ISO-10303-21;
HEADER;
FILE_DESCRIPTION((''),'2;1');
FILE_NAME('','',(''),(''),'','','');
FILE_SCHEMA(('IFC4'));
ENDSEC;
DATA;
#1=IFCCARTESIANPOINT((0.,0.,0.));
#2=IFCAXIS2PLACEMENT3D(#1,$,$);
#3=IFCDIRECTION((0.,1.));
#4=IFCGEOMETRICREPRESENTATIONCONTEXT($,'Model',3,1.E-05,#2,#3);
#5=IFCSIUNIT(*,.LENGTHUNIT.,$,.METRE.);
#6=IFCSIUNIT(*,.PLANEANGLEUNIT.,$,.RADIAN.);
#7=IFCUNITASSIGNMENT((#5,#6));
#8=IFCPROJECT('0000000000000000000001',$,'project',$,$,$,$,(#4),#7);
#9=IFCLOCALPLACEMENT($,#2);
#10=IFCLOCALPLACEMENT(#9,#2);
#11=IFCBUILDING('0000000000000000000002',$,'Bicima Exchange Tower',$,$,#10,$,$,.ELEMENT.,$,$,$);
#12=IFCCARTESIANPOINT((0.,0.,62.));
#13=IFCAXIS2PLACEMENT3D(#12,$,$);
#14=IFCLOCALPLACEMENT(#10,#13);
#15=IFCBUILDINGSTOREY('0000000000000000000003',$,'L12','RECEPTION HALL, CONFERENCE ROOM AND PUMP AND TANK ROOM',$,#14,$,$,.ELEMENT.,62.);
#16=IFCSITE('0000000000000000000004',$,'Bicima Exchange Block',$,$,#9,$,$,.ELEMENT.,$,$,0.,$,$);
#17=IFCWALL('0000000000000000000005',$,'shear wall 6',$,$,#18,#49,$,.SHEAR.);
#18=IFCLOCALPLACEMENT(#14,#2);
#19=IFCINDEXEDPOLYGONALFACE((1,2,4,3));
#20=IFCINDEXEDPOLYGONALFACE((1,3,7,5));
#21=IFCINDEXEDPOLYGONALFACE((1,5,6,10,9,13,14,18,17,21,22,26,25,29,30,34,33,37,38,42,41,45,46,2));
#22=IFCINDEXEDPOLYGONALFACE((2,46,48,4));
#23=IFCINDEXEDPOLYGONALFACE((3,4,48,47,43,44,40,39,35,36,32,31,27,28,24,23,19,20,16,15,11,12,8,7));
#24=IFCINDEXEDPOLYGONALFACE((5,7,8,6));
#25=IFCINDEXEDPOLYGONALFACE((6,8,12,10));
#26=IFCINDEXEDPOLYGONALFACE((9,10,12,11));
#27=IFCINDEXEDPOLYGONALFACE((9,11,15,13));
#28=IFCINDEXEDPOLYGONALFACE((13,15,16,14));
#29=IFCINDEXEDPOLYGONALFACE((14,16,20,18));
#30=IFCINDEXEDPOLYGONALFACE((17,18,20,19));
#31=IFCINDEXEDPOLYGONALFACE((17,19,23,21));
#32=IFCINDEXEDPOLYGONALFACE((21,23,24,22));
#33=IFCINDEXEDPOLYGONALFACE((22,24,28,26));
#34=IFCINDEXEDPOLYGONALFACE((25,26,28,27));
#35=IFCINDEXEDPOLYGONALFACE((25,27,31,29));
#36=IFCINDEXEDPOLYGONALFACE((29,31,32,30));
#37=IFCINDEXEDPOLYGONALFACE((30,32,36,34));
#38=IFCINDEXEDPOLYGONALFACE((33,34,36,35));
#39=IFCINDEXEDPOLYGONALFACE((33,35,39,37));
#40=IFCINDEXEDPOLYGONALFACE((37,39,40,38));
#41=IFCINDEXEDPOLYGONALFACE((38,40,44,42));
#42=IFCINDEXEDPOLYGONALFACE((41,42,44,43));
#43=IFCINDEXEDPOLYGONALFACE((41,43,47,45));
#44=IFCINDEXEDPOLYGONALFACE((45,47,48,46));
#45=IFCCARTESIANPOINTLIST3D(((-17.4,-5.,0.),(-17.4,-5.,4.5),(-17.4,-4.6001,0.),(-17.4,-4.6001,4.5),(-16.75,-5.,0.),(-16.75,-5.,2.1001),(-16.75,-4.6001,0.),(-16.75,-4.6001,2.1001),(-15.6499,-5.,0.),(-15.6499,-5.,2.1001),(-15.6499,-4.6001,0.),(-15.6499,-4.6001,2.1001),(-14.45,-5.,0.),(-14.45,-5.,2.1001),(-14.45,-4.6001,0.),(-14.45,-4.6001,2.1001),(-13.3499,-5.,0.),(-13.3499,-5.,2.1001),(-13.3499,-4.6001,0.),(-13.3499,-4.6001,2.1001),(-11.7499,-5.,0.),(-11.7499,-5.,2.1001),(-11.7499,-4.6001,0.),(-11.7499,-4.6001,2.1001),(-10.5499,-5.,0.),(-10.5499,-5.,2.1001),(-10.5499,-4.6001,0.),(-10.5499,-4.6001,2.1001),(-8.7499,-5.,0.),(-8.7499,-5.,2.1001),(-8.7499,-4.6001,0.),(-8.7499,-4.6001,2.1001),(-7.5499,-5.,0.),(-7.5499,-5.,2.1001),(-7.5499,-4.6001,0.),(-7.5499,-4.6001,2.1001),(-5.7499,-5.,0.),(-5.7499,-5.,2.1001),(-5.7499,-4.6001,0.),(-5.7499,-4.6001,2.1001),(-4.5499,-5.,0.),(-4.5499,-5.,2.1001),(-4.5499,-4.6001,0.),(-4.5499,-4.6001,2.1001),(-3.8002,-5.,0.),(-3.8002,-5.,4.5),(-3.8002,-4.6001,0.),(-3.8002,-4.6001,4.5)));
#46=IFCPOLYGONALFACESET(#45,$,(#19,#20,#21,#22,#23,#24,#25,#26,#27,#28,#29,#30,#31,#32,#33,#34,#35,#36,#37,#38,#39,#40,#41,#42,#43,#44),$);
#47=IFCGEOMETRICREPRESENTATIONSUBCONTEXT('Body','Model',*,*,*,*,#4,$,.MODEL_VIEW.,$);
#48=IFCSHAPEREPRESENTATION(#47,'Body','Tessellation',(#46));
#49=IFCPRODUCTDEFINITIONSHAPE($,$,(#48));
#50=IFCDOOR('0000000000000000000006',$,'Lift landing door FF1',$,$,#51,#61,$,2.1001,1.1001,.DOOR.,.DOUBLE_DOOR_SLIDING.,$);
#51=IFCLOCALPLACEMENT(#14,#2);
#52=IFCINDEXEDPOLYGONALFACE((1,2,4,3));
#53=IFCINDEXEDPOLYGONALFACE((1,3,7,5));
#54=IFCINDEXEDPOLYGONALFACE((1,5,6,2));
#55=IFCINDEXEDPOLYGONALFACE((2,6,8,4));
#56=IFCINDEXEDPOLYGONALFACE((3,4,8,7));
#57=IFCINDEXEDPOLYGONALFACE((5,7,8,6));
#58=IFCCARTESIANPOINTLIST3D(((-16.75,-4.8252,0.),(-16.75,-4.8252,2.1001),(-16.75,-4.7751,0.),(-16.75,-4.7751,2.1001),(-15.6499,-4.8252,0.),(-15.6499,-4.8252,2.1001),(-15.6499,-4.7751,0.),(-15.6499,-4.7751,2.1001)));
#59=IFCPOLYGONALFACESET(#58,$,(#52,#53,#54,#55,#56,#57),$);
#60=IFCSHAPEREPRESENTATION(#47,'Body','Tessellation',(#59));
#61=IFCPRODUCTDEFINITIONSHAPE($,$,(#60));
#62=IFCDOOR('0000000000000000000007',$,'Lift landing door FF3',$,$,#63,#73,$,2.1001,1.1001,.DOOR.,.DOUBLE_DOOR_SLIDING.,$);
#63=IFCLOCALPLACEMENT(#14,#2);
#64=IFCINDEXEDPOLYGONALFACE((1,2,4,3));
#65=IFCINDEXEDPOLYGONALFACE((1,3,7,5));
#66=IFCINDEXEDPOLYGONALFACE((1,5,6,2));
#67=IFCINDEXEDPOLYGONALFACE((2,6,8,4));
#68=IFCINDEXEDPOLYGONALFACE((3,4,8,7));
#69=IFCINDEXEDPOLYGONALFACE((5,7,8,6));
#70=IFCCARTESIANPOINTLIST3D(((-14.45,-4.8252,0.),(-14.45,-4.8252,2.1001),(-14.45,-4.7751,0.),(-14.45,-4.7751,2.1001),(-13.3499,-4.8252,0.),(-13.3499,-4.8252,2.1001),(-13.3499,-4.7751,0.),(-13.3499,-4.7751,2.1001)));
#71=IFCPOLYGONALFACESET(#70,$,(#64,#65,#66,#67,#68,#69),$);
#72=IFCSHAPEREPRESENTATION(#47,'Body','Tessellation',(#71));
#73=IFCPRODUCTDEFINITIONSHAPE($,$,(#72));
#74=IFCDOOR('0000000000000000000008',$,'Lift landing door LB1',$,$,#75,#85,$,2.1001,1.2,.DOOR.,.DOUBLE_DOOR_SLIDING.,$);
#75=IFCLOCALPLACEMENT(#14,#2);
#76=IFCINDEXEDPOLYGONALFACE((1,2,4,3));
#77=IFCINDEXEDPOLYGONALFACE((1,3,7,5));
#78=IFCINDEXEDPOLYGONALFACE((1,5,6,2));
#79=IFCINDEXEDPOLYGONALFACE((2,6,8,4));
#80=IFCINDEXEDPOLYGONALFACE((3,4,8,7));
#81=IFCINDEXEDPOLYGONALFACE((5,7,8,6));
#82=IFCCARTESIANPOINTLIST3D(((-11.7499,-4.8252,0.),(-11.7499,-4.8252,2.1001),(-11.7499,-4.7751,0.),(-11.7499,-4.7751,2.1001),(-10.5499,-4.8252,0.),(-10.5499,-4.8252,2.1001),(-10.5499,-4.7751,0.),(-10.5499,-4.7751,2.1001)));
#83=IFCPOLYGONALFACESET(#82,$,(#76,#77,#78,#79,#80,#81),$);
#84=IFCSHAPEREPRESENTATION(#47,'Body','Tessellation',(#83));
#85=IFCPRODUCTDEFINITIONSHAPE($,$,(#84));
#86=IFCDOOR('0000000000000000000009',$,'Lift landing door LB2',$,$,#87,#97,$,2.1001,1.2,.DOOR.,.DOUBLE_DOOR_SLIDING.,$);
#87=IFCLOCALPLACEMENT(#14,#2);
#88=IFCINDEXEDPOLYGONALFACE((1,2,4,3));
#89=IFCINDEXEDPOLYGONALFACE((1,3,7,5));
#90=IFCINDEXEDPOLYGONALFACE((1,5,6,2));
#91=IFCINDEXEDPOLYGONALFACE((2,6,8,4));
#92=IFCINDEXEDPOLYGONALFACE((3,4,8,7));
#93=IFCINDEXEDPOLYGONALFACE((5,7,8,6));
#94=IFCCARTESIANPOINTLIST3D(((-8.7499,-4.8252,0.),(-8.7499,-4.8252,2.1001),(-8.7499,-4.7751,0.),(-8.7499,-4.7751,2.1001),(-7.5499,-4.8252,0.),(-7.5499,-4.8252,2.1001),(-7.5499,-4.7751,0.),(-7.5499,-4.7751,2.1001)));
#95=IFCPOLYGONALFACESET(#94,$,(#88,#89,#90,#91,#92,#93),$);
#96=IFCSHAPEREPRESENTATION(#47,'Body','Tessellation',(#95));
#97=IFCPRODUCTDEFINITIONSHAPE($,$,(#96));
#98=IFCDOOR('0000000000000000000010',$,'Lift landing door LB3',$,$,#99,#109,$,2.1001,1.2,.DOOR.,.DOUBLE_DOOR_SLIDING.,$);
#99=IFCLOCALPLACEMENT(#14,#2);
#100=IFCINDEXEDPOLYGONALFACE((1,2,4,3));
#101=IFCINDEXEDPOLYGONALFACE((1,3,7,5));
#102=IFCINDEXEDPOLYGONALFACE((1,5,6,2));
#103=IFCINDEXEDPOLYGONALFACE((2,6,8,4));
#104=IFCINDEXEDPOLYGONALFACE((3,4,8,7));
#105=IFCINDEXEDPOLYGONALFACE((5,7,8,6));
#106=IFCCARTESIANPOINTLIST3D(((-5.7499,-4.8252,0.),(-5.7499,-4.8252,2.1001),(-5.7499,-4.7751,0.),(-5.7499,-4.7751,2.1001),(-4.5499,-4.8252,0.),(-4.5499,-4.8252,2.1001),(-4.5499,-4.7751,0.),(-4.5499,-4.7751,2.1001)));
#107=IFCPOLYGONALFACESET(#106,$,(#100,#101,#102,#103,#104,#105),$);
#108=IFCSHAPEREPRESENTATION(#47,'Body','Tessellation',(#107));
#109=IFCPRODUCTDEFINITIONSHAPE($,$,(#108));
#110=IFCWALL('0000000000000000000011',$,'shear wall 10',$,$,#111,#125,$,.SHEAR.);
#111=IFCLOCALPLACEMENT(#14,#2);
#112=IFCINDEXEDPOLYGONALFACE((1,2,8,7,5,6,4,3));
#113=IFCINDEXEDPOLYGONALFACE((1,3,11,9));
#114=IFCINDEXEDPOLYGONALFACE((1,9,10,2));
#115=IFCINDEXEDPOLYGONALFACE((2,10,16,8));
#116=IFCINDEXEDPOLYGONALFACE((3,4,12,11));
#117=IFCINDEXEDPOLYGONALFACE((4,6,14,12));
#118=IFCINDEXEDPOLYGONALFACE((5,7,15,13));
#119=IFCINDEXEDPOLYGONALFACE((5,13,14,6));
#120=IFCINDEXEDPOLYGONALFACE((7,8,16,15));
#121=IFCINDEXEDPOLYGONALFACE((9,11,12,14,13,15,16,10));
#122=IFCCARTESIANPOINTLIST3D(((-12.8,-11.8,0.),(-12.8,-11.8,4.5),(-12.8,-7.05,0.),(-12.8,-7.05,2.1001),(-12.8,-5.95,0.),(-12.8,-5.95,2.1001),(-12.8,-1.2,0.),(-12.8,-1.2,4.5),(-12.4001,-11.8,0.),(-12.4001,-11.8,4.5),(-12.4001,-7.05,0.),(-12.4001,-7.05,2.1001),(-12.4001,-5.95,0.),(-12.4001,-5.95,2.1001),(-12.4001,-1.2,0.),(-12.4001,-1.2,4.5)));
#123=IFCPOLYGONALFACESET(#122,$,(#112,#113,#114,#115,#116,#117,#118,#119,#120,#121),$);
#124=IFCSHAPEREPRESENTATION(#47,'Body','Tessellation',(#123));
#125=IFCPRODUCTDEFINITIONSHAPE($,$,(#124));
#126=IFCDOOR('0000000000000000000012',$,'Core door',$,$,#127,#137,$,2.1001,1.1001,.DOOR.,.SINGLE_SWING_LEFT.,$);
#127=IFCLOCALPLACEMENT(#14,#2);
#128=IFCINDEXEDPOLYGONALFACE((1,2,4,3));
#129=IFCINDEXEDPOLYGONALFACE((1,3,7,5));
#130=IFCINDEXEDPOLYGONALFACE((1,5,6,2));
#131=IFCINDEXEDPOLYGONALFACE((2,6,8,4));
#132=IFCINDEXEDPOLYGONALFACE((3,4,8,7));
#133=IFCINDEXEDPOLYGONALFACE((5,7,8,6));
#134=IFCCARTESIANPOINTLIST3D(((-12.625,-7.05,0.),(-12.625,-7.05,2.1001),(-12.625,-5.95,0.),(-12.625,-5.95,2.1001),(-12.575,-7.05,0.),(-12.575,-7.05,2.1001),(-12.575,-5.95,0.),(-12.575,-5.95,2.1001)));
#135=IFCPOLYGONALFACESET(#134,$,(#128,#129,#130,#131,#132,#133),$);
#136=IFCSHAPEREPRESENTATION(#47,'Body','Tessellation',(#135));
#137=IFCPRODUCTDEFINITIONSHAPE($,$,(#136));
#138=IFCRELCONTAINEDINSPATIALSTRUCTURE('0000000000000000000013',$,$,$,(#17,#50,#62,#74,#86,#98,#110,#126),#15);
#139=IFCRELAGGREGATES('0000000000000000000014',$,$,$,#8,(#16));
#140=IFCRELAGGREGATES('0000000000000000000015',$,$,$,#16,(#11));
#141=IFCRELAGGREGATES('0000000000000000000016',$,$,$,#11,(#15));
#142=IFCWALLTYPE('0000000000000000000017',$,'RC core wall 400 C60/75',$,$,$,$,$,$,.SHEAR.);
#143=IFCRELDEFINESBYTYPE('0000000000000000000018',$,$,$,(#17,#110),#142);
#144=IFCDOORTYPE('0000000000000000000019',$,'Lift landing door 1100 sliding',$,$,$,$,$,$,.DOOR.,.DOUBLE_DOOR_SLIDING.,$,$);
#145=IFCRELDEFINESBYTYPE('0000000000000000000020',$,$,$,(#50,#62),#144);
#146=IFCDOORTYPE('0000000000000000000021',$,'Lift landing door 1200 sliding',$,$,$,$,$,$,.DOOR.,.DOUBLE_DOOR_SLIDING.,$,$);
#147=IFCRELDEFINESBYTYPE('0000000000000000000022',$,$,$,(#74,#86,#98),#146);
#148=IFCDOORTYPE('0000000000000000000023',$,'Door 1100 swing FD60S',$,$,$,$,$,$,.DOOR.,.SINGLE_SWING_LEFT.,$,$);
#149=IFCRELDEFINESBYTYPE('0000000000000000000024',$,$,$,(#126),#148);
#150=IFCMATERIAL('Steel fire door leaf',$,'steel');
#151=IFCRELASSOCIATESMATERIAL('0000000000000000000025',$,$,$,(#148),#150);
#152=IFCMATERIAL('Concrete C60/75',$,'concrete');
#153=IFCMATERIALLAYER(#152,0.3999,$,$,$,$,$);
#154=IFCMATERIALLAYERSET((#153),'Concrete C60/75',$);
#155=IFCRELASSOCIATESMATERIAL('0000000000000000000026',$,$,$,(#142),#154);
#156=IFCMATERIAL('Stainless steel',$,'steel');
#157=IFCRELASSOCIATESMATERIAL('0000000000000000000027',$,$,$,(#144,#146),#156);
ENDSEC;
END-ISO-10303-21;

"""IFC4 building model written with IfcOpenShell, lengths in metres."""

from ifc_helpers import new_model, si_unit, direction, frame, frame_2d, origin, place, context, subcontext, project, spatial, rectangle, extrude, material, layer, layer_set, type_object, element, fill, save


model = new_model("IFC4")

# Units and contexts
model_context = context("Model", 3, precision=1e-05, world=origin(), true_north=direction((0.0, 1.0)))
body_context = subcontext(model_context, "Body", "Model", "MODEL_VIEW")
ifc_project = project(units=[si_unit("LENGTHUNIT", "METRE"), si_unit("PLANEANGLEUNIT", "RADIAN")], contexts=[model_context])

# Site, building, storey
site_placement = place(None, origin())
site = spatial("IfcSite", under=ifc_project, at=site_placement, Name="Bicima Exchange Block", CompositionType="ELEMENT", RefElevation=0.0)
building_placement = place(site_placement, origin())
building = spatial("IfcBuilding", under=site, at=building_placement, Name="Bicima Exchange Tower", CompositionType="ELEMENT")
storey_placement = place(building_placement, frame((0.0, 0.0, 62.0)))
storey = spatial("IfcBuildingStorey", under=building, at=storey_placement, Name="L12", Description="RECEPTION HALL, CONFERENCE ROOM AND PUMP AND TANK ROOM", CompositionType="ELEMENT", Elevation=62.0)

# Shared definitions
ifc_material_1 = material(Name="Steel fire door leaf", Category="steel")

# Shared definitions
door_type_1 = type_object("IfcDoorType", Name="Door 1100 swing FD60S", OperationType="SINGLE_SWING_LEFT", PredefinedType="DOOR", material=ifc_material_1)

# Shared definitions
ifc_material_2 = material(Name="Concrete C60/75", Category="concrete")
ifc_layer_1 = layer(ifc_material_2, 0.3999)
ifc_layer_set_1 = layer_set([ifc_layer_1], Name="Concrete C60/75")
wall_type_1 = type_object("IfcWallType", Name="RC core wall 400 C60/75", PredefinedType="SHEAR", material=ifc_layer_set_1)

# Wall, openings, doors
wall_1_placement = place(storey_placement, frame((-17.3999, -4.8, 0.0), z_axis=(0.0, 0.0, 1.0), x_axis=(1.0, 0.0, 0.0)))
wall_1 = element("IfcWall", 1, at=wall_1_placement, inside=storey, type_object=wall_type_1, Name="shear wall 6", PredefinedType="SHEAR", context=body_context, shape_type="SweptSolid", body=[
    extrude(rectangle(XDim=13.5999, YDim=0.3999, at=frame_2d((6.7998, 0.0))), origin(), (0.0, 0.0, 1.0), 4.5),
])
opening_1_placement = place(wall_1_placement, frame((0.6499, 0.0, 0.0)))
opening_1 = element("IfcOpeningElement", 2, at=opening_1_placement, cuts=wall_1, PredefinedType="OPENING", context=body_context, shape_type="SweptSolid", body=[
    extrude(rectangle(XDim=1.1001, YDim=2.1001, at=frame_2d((0.55, 1.05))), frame((0.0, 0.2119, 0.0), z_axis=(0.0, -1.0, 0.0), x_axis=(1.0, 0.0, 0.0)), (0.0, 0.0, 1.0), 0.4238),
])
opening_2_placement = place(wall_1_placement, frame((2.95, 0.0, 0.0)))
opening_2 = element("IfcOpeningElement", 3, at=opening_2_placement, cuts=wall_1, PredefinedType="OPENING", context=body_context, shape_type="SweptSolid", body=[
    extrude(rectangle(XDim=1.1001, YDim=2.1001, at=frame_2d((0.55, 1.05))), frame((0.0, 0.2119, 0.0), z_axis=(0.0, -1.0, 0.0), x_axis=(1.0, 0.0, 0.0)), (0.0, 0.0, 1.0), 0.4238),
])
opening_3_placement = place(wall_1_placement, frame((5.6499, 0.0, 0.0)))
opening_3 = element("IfcOpeningElement", 4, at=opening_3_placement, cuts=wall_1, PredefinedType="OPENING", context=body_context, shape_type="SweptSolid", body=[
    extrude(rectangle(XDim=1.2, YDim=2.1001, at=frame_2d((0.6001, 1.05))), frame((0.0, 0.2119, 0.0), z_axis=(0.0, -1.0, 0.0), x_axis=(1.0, 0.0, 0.0)), (0.0, 0.0, 1.0), 0.4238),
])
opening_4_placement = place(wall_1_placement, frame((8.6499, 0.0, 0.0)))
opening_4 = element("IfcOpeningElement", 5, at=opening_4_placement, cuts=wall_1, PredefinedType="OPENING", context=body_context, shape_type="SweptSolid", body=[
    extrude(rectangle(XDim=1.2, YDim=2.1001, at=frame_2d((0.6001, 1.05))), frame((0.0, 0.2119, 0.0), z_axis=(0.0, -1.0, 0.0), x_axis=(1.0, 0.0, 0.0)), (0.0, 0.0, 1.0), 0.4238),
])
opening_5_placement = place(wall_1_placement, frame((11.6499, 0.0, 0.0)))
opening_5 = element("IfcOpeningElement", 6, at=opening_5_placement, cuts=wall_1, PredefinedType="OPENING", context=body_context, shape_type="SweptSolid", body=[
    extrude(rectangle(XDim=1.2, YDim=2.1001, at=frame_2d((0.6001, 1.05))), frame((0.0, 0.2119, 0.0), z_axis=(0.0, -1.0, 0.0), x_axis=(1.0, 0.0, 0.0)), (0.0, 0.0, 1.0), 0.4238),
])
ifc_material_3 = material(Name="Stainless steel", Category="steel")
door_type_2 = type_object("IfcDoorType", Name="Lift landing door 1100 sliding", OperationType="DOUBLE_DOOR_SLIDING", PredefinedType="DOOR", material=ifc_material_3)
door_1_placement = place(opening_1_placement, origin())
door_1 = element("IfcDoor", 7, at=door_1_placement, inside=storey, type_object=door_type_2, Name="Lift landing door FF1", OperationType="DOUBLE_DOOR_SLIDING", OverallHeight=2.1001, OverallWidth=1.1001, PredefinedType="DOOR", context=body_context, shape_type="SweptSolid", body=[
    extrude(rectangle(XDim=1.1001, YDim=2.1001, at=frame_2d((0.55, 1.05))), frame((0.0, 0.0249, 0.0), z_axis=(0.0, -1.0, 0.0), x_axis=(1.0, 0.0, 0.0)), (0.0, 0.0, 1.0), 0.05),
])
fill(opening_1, door_1)
door_2_placement = place(opening_2_placement, origin())
door_2 = element("IfcDoor", 8, at=door_2_placement, inside=storey, type_object=door_type_2, Name="Lift landing door FF3", OperationType="DOUBLE_DOOR_SLIDING", OverallHeight=2.1001, OverallWidth=1.1001, PredefinedType="DOOR", context=body_context, shape_type="SweptSolid", body=[
    extrude(rectangle(XDim=1.1001, YDim=2.1001, at=frame_2d((0.55, 1.05))), frame((0.0, 0.0249, 0.0), z_axis=(0.0, -1.0, 0.0), x_axis=(1.0, 0.0, 0.0)), (0.0, 0.0, 1.0), 0.05),
])
fill(opening_2, door_2)
door_type_3 = type_object("IfcDoorType", Name="Lift landing door 1200 sliding", OperationType="DOUBLE_DOOR_SLIDING", PredefinedType="DOOR", material=ifc_material_3)
door_3_placement = place(opening_3_placement, origin())
door_3 = element("IfcDoor", 9, at=door_3_placement, inside=storey, type_object=door_type_3, Name="Lift landing door LB1", OperationType="DOUBLE_DOOR_SLIDING", OverallHeight=2.1001, OverallWidth=1.2, PredefinedType="DOOR", context=body_context, shape_type="SweptSolid", body=[
    extrude(rectangle(XDim=1.2, YDim=2.1001, at=frame_2d((0.6001, 1.05))), frame((0.0, 0.0249, 0.0), z_axis=(0.0, -1.0, 0.0), x_axis=(1.0, 0.0, 0.0)), (0.0, 0.0, 1.0), 0.05),
])
fill(opening_3, door_3)
door_4_placement = place(opening_4_placement, origin())
door_4 = element("IfcDoor", 10, at=door_4_placement, inside=storey, type_object=door_type_3, Name="Lift landing door LB2", OperationType="DOUBLE_DOOR_SLIDING", OverallHeight=2.1001, OverallWidth=1.2, PredefinedType="DOOR", context=body_context, shape_type="SweptSolid", body=[
    extrude(rectangle(XDim=1.2, YDim=2.1001, at=frame_2d((0.6001, 1.05))), frame((0.0, 0.0249, 0.0), z_axis=(0.0, -1.0, 0.0), x_axis=(1.0, 0.0, 0.0)), (0.0, 0.0, 1.0), 0.05),
])
fill(opening_4, door_4)
door_5_placement = place(opening_5_placement, origin())
door_5 = element("IfcDoor", 11, at=door_5_placement, inside=storey, type_object=door_type_3, Name="Lift landing door LB3", OperationType="DOUBLE_DOOR_SLIDING", OverallHeight=2.1001, OverallWidth=1.2, PredefinedType="DOOR", context=body_context, shape_type="SweptSolid", body=[
    extrude(rectangle(XDim=1.2, YDim=2.1001, at=frame_2d((0.6001, 1.05))), frame((0.0, 0.0249, 0.0), z_axis=(0.0, -1.0, 0.0), x_axis=(1.0, 0.0, 0.0)), (0.0, 0.0, 1.0), 0.05),
])
fill(opening_5, door_5)

# Wall, opening, door
wall_2_placement = place(storey_placement, frame((-12.6001, -11.8, 0.0), z_axis=(0.0, 0.0, 1.0), x_axis=(0.0, 1.0, 0.0)))
wall_2 = element("IfcWall", 12, at=wall_2_placement, inside=storey, type_object=wall_type_1, Name="shear wall 10", PredefinedType="SHEAR", context=body_context, shape_type="SweptSolid", body=[
    extrude(rectangle(XDim=10.6001, YDim=0.3999, at=frame_2d((5.3, 0.0))), origin(), (0.0, 0.0, 1.0), 4.5),
])
opening_6_placement = place(wall_2_placement, frame((4.75, 0.0, 0.0)))
opening_6 = element("IfcOpeningElement", 13, at=opening_6_placement, cuts=wall_2, PredefinedType="OPENING", context=body_context, shape_type="SweptSolid", body=[
    extrude(rectangle(XDim=1.1001, YDim=2.1001, at=frame_2d((0.55, 1.05))), frame((0.0, 0.2119, 0.0), z_axis=(0.0, -1.0, 0.0), x_axis=(1.0, 0.0, 0.0)), (0.0, 0.0, 1.0), 0.4238),
])
door_6_placement = place(opening_6_placement, origin())
door_6 = element("IfcDoor", 14, at=door_6_placement, inside=storey, type_object=door_type_1, Name="Core door", OperationType="SINGLE_SWING_LEFT", OverallHeight=2.1001, OverallWidth=1.1001, PredefinedType="DOOR", context=body_context, shape_type="SweptSolid", body=[
    extrude(rectangle(XDim=1.1001, YDim=2.1001, at=frame_2d((0.55, 1.05))), frame((0.0, 0.0249, 0.0), z_axis=(0.0, -1.0, 0.0), x_axis=(1.0, 0.0, 0.0)), (0.0, 0.0, 1.0), 0.05),
])
fill(opening_6, door_6)

save(model, "model.ifc")
